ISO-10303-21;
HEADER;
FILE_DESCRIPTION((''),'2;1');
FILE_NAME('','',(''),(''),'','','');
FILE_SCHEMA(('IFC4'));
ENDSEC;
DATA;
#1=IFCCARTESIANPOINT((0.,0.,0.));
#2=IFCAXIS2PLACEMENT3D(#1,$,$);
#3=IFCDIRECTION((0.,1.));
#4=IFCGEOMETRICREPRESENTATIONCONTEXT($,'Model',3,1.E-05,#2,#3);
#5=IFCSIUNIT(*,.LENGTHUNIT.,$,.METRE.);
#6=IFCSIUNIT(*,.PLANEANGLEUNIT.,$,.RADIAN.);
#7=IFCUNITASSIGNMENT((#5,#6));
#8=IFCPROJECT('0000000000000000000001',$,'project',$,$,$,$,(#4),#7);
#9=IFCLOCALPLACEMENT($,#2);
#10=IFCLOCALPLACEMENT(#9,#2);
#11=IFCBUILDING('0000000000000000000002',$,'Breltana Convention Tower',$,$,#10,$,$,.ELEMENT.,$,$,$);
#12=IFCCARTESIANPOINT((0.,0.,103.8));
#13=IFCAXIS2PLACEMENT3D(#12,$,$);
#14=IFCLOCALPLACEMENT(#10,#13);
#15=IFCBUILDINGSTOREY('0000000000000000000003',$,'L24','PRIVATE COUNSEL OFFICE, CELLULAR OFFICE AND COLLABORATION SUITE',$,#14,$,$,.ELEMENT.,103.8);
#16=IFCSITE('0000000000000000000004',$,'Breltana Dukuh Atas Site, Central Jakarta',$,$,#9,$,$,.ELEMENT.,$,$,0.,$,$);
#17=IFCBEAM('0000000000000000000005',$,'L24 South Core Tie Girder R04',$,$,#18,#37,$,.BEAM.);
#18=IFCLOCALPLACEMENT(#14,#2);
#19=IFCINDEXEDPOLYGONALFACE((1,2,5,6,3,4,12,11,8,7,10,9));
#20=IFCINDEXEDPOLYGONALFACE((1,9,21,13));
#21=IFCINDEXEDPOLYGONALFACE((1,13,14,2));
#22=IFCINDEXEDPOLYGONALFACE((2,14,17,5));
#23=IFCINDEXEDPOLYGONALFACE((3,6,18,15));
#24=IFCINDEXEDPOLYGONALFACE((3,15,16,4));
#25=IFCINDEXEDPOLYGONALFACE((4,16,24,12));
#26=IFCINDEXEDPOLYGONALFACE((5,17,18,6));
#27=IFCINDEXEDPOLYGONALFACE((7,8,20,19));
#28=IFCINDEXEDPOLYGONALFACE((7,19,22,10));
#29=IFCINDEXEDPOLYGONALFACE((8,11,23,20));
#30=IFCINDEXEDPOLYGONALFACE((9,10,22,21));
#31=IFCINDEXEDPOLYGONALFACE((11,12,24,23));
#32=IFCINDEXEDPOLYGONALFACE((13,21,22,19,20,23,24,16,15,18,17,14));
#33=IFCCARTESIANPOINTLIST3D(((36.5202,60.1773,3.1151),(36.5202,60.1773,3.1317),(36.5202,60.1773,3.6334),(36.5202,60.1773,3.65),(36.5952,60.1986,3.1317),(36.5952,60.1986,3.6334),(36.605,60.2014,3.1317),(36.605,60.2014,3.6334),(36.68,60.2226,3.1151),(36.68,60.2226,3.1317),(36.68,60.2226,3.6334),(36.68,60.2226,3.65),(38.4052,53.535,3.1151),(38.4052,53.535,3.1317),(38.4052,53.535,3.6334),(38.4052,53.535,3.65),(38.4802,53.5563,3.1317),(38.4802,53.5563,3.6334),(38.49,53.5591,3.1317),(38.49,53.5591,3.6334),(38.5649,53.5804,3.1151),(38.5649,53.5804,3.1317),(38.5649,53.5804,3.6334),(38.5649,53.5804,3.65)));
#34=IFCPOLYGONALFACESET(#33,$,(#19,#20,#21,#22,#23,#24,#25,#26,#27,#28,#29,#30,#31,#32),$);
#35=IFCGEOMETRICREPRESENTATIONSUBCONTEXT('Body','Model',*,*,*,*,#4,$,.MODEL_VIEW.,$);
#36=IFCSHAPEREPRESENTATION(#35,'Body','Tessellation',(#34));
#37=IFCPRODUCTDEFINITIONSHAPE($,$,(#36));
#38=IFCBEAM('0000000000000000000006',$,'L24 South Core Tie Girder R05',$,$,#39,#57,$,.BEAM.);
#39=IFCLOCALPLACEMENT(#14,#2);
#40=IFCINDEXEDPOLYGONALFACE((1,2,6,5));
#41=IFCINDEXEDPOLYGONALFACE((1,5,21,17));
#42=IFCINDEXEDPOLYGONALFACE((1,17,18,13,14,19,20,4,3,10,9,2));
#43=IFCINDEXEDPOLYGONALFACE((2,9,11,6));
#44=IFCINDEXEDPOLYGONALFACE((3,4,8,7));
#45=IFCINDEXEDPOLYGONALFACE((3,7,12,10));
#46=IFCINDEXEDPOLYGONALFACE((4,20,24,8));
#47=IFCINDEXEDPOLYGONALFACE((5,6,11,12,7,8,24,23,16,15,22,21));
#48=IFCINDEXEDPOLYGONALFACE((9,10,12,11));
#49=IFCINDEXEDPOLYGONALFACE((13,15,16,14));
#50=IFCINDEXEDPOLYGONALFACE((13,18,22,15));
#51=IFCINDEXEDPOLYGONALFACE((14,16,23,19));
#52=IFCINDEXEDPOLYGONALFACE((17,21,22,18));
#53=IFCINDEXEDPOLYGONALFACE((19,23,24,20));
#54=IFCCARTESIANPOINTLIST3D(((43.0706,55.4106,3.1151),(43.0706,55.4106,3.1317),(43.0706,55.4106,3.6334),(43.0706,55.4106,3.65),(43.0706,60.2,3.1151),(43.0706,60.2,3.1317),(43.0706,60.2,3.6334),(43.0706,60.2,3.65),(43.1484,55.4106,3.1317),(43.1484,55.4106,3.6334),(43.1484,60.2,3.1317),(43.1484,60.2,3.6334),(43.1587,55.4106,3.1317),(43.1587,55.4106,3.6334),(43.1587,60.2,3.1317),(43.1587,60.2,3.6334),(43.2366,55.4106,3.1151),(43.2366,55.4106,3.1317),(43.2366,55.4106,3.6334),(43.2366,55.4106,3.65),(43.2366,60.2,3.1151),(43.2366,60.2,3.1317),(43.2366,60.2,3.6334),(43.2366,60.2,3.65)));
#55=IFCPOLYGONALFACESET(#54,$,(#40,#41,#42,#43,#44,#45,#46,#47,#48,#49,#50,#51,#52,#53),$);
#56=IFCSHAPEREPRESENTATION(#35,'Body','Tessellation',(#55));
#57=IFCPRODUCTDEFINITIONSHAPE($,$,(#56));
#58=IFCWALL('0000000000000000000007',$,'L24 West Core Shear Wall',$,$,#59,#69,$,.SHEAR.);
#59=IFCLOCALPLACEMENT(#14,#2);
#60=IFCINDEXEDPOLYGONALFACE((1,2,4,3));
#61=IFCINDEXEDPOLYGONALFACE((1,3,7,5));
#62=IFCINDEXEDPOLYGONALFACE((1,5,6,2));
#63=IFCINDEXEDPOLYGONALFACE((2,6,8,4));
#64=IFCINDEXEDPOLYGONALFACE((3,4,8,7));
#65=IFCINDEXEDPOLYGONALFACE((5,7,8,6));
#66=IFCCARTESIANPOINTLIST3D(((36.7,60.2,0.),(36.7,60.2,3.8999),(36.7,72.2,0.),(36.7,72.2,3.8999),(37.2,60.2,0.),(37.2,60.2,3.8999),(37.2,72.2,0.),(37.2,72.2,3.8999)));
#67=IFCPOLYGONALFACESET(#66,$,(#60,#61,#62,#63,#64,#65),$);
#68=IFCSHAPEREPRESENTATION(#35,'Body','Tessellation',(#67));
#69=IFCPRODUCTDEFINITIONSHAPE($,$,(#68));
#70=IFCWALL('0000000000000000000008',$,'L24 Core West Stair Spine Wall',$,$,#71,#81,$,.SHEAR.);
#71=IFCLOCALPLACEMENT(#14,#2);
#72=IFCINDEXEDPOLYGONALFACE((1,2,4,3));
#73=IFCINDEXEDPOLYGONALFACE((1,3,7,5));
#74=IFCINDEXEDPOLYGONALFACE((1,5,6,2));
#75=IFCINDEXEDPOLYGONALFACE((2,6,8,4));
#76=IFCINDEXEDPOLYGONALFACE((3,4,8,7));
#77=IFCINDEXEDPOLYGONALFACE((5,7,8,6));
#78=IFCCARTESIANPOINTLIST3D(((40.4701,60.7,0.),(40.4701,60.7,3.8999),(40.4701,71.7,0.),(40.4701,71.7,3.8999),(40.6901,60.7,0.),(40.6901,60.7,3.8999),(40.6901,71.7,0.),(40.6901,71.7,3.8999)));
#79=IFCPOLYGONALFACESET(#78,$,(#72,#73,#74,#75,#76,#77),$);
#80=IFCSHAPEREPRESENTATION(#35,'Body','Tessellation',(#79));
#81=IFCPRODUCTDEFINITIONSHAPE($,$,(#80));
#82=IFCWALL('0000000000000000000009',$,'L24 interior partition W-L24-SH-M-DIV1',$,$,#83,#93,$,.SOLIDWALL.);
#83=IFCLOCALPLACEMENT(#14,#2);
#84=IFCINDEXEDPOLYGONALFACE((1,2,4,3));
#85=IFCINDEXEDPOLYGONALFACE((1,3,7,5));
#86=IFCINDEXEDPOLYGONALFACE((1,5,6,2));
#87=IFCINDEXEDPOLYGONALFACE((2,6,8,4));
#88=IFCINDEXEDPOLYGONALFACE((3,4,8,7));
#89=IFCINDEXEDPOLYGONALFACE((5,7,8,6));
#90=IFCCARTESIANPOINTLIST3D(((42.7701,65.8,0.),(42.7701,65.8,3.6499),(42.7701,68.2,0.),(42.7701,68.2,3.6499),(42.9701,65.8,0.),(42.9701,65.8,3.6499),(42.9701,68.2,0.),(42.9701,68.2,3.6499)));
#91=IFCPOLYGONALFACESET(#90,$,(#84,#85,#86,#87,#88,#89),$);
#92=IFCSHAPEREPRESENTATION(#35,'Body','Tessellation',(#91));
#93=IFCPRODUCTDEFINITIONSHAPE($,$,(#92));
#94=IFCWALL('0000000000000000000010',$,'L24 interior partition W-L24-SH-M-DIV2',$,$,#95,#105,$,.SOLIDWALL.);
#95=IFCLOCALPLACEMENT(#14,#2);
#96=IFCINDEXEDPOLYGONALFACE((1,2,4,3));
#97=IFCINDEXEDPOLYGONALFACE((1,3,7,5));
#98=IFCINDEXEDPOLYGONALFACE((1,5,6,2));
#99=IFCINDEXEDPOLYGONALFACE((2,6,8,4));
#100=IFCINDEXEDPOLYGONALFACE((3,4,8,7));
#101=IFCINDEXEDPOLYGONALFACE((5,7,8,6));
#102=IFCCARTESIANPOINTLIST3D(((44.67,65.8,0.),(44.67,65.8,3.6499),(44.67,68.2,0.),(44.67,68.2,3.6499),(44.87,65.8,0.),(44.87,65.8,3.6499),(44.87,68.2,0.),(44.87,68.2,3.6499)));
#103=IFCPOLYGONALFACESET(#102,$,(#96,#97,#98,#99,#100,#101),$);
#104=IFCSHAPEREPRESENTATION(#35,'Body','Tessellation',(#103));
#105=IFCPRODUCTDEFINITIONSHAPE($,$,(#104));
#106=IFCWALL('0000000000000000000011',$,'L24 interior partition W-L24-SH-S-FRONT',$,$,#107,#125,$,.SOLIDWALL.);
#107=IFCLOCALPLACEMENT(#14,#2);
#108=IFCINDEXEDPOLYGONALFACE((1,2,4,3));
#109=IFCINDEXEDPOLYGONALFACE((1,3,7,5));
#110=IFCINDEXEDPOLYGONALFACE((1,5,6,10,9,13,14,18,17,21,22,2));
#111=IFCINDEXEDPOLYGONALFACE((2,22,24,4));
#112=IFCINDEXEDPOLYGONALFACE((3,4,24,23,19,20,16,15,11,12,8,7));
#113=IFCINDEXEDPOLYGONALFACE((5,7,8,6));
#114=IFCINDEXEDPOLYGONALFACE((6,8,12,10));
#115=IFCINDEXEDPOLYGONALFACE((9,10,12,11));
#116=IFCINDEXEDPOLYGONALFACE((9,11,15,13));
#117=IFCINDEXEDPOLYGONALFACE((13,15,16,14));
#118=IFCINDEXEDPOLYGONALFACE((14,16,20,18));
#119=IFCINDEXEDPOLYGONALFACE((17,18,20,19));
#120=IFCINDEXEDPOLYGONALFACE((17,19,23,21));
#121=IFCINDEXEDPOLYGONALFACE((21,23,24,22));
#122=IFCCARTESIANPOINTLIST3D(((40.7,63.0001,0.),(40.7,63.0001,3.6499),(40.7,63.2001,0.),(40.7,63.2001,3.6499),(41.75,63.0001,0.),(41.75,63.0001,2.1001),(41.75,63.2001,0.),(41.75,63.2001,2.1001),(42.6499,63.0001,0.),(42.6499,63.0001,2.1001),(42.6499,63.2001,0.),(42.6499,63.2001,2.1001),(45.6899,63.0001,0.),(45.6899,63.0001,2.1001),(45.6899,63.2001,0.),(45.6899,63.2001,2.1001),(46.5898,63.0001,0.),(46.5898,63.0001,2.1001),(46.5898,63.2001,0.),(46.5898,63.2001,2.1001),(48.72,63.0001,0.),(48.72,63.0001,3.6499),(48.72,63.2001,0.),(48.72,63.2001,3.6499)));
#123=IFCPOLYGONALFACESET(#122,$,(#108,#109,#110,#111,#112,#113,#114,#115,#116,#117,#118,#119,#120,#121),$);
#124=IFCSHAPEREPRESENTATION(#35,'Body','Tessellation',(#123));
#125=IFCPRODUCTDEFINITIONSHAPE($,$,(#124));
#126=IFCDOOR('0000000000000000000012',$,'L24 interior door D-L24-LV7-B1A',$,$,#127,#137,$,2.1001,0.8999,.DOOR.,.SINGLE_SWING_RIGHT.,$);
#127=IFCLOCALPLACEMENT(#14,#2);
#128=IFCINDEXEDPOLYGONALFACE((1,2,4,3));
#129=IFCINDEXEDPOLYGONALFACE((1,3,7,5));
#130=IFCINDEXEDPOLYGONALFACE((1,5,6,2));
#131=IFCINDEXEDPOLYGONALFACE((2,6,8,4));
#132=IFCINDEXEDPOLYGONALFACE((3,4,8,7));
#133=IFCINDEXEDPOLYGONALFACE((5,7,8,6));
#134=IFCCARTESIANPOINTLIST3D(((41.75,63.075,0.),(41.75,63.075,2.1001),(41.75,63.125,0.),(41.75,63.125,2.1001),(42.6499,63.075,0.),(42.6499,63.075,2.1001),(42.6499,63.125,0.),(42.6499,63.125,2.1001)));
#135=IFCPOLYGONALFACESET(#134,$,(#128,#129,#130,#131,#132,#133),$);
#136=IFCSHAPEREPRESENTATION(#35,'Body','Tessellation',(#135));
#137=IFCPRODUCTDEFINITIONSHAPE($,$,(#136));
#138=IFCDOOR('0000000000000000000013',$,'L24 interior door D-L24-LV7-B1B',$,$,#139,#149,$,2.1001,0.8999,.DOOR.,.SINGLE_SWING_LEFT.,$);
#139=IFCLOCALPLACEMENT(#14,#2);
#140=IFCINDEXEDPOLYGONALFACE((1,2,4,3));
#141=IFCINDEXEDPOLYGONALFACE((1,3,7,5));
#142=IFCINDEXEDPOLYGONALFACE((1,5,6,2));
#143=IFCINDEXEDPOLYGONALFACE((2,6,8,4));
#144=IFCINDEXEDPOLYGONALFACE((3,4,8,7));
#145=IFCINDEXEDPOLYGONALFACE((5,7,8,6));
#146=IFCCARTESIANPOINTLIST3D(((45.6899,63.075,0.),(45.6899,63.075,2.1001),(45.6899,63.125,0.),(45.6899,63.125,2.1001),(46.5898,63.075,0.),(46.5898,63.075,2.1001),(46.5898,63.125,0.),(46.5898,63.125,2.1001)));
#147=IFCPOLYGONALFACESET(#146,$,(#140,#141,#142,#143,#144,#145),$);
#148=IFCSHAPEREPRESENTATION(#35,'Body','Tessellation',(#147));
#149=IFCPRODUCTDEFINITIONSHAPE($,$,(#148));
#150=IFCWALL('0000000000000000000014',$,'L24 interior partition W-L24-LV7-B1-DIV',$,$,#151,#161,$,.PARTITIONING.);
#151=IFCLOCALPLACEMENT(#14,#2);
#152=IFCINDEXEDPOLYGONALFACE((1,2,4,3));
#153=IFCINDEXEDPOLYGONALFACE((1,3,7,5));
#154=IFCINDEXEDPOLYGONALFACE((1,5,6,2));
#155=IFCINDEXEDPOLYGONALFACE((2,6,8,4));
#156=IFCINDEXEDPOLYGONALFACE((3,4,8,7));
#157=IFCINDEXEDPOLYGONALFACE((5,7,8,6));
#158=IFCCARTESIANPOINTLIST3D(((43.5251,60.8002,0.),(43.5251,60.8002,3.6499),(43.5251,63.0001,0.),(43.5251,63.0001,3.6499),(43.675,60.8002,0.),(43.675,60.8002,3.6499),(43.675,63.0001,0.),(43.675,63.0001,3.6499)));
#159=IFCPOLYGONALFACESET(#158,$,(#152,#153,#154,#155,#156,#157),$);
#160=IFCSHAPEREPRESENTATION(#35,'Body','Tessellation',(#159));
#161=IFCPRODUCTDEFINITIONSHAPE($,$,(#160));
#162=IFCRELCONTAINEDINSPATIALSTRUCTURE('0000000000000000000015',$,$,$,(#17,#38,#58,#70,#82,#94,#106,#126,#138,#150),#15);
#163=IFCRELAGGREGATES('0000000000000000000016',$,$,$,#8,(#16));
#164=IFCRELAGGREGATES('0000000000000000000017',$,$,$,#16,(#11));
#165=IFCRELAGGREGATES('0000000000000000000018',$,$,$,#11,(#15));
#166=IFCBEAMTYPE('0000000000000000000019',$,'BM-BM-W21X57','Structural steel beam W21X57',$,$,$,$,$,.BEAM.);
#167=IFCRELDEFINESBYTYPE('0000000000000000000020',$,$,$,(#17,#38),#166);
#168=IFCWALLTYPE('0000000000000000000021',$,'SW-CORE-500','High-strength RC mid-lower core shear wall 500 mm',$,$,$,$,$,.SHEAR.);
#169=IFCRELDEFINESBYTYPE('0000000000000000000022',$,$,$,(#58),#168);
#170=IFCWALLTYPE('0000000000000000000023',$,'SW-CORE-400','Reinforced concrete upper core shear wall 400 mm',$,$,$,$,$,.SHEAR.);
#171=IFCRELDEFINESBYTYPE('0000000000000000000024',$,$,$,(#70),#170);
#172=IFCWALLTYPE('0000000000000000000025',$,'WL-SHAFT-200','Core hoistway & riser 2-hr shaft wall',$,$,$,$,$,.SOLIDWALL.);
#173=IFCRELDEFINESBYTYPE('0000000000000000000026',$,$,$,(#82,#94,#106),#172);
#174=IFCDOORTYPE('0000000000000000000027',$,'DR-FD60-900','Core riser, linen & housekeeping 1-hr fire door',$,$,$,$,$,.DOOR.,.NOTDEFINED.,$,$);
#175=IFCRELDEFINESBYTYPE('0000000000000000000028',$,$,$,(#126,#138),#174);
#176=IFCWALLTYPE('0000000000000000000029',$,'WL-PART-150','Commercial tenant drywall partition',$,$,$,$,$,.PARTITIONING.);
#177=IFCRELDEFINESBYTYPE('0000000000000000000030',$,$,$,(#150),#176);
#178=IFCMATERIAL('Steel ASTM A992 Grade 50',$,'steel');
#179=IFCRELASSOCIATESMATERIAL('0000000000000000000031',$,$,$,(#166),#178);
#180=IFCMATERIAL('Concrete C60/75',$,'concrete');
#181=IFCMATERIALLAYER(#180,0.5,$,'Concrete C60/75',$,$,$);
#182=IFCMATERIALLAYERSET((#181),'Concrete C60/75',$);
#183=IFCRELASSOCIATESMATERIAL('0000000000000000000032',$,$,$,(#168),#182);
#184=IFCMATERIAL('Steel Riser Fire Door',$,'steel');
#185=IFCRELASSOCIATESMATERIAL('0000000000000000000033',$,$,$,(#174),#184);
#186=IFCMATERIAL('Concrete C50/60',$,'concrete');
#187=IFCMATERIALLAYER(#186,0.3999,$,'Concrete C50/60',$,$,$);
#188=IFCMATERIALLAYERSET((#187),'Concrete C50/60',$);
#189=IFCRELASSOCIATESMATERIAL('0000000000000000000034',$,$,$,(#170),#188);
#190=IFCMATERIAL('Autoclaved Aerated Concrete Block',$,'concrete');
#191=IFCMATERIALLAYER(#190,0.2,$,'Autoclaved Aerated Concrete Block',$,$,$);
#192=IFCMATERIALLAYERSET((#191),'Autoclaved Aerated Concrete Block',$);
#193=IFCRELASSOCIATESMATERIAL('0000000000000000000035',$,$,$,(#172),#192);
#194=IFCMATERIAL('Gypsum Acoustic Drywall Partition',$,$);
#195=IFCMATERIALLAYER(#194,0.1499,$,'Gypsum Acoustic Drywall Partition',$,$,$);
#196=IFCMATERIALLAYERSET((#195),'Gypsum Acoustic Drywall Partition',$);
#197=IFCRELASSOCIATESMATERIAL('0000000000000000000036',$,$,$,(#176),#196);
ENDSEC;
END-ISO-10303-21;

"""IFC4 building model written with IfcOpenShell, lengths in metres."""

from ifc_helpers import new_model, si_unit, direction, frame, frame_2d, origin, origin_2d, place, context, subcontext, project, spatial, rectangle, i_section, extrude, source, transform, mapped, material, layer, layer_set, material_profile, profile_set, type_object, type_shapes, element, fill, save


model = new_model("IFC4")

# Units and contexts
model_context = context("Model", 3, precision=1e-05, world=origin(), true_north=direction((0.0, 1.0)))
body_context = subcontext(model_context, "Body", "Model", "MODEL_VIEW")
ifc_project = project(units=[si_unit("LENGTHUNIT", "METRE"), si_unit("PLANEANGLEUNIT", "RADIAN")], contexts=[model_context])

# Site, building, storey
site_placement = place(None, origin())
site = spatial("IfcSite", under=ifc_project, at=site_placement, Name="Breltana Dukuh Atas Site, Central Jakarta", CompositionType="ELEMENT", RefElevation=0.0)
building_placement = place(site_placement, origin())
building = spatial("IfcBuilding", under=site, at=building_placement, Name="Breltana Convention Tower", CompositionType="ELEMENT")
storey_placement = place(building_placement, frame((0.0, 0.0, 103.8)))
storey = spatial("IfcBuildingStorey", under=building, at=storey_placement, Name="L24", Description="PRIVATE COUNSEL OFFICE, CELLULAR OFFICE AND COLLABORATION SUITE", CompositionType="ELEMENT", Elevation=103.8)

# Beams
ifc_material_1 = material(Name="Steel ASTM A992 Grade 50", Category="steel")
ifc_material_profile = material_profile(ifc_material_1, i_section(OverallWidth=0.166, OverallDepth=0.5349, WebThickness=0.0103, FlangeThickness=0.0166, at=origin_2d()), Name="W21X57")
ifc_profile_set = profile_set([ifc_material_profile], Name="Steel ASTM A992 Grade 50")
beam_type = type_object("IfcBeamType", Name="BM-BM-W21X57", Description="Structural steel beam W21X57", PredefinedType="BEAM", material=ifc_profile_set)
shared_shape_1 = source(origin(), body_context, "Body", "SweptSolid", [
    extrude(i_section(OverallWidth=0.166, OverallDepth=0.5349, WebThickness=0.0103, FlangeThickness=0.0166, at=origin_2d()), origin(), (0.0, 0.0, 1.0), 6.9045),
])
type_shapes(beam_type, [shared_shape_1])
beam_1_placement = place(storey_placement, frame((36.6001, 60.2, 3.3826), z_axis=(0.273007, -0.962012, 0.0), x_axis=(0.962012, 0.273007, 0.0)))
element("IfcBeam", 1, at=beam_1_placement, inside=storey, type_object=beam_type, Name="L24 South Core Tie Girder R04", PredefinedType="BEAM", context=body_context, shape_type="MappedRepresentation", body=[
    mapped(shared_shape_1, transform((0.0, 0.0, 0.0), scale=1.0)),
])
shared_shape_2 = source(origin(), body_context, "Body", "SweptSolid", [
    extrude(i_section(OverallWidth=0.166, OverallDepth=0.5349, WebThickness=0.0103, FlangeThickness=0.0166, at=origin_2d()), origin(), (0.0, 0.0, 1.0), 4.7893),
])
beam_2_placement = place(storey_placement, frame((43.1536, 60.2, 3.3826), z_axis=(0.0, -1.0, 0.0), x_axis=(1.0, 0.0, 0.0)))
element("IfcBeam", 2, at=beam_2_placement, inside=storey, type_object=beam_type, Name="L24 South Core Tie Girder R05", PredefinedType="BEAM", context=body_context, shape_type="MappedRepresentation", body=[
    mapped(shared_shape_2, transform((0.0, 0.0, 0.0), scale=1.0)),
])

# Wall
ifc_material_2 = material(Name="Concrete C60/75", Category="concrete")
ifc_layer_1 = layer(ifc_material_2, 0.5, Name="Concrete C60/75")
ifc_layer_set_1 = layer_set([ifc_layer_1], Name="Concrete C60/75")
wall_type_1 = type_object("IfcWallType", Name="SW-CORE-500", Description="High-strength RC mid-lower core shear wall 500 mm", PredefinedType="SHEAR", material=ifc_layer_set_1)
shared_shape_3 = source(origin(), body_context, "Body", "SweptSolid", [
    extrude(rectangle(XDim=12.0, YDim=0.5, at=frame_2d((6.0, 0.0))), origin(), (0.0, 0.0, 1.0), 3.8999),
])
wall_1_placement = place(storey_placement, frame((36.95, 60.2, 0.0), z_axis=(0.0, 0.0, 1.0), x_axis=(0.0, 1.0, 0.0)))
element("IfcWall", 3, at=wall_1_placement, inside=storey, type_object=wall_type_1, Name="L24 West Core Shear Wall", PredefinedType="SHEAR", context=body_context, shape_type="MappedRepresentation", body=[
    mapped(shared_shape_3, transform((0.0, 0.0, 0.0), scale=1.0)),
])

# Shared definitions
ifc_material_3 = material(Name="Steel Riser Fire Door", Category="steel")
door_type_1 = type_object("IfcDoorType", Name="DR-FD60-900", Description="Core riser, linen & housekeeping 1-hr fire door", OperationType="NOTDEFINED", PredefinedType="DOOR", material=ifc_material_3)
shared_shape_4 = source(origin(), body_context, "Body", "SweptSolid", [
    extrude(rectangle(XDim=0.8999, YDim=2.1001, at=frame_2d((0.45, 1.05))), frame((0.0, 0.0249, 0.0), z_axis=(0.0, -1.0, 0.0), x_axis=(1.0, 0.0, 0.0)), (0.0, 0.0, 1.0), 0.05),
])
type_shapes(door_type_1, [shared_shape_4])

# Walls
ifc_material_4 = material(Name="Concrete C50/60", Category="concrete")
ifc_layer_2 = layer(ifc_material_4, 0.3999, Name="Concrete C50/60")
ifc_layer_set_2 = layer_set([ifc_layer_2], Name="Concrete C50/60")
wall_type_2 = type_object("IfcWallType", Name="SW-CORE-400", Description="Reinforced concrete upper core shear wall 400 mm", PredefinedType="SHEAR", material=ifc_layer_set_2)
shared_shape_5 = source(origin(), body_context, "Body", "SweptSolid", [
    extrude(rectangle(XDim=11.0, YDim=0.22, at=frame_2d((5.5, 0.0))), origin(), (0.0, 0.0, 1.0), 3.8999),
])
wall_2_placement = place(storey_placement, frame((40.5801, 60.7, 0.0), z_axis=(0.0, 0.0, 1.0), x_axis=(0.0, 1.0, 0.0)))
element("IfcWall", 4, at=wall_2_placement, inside=storey, type_object=wall_type_2, Name="L24 Core West Stair Spine Wall", PredefinedType="SHEAR", context=body_context, shape_type="MappedRepresentation", body=[
    mapped(shared_shape_5, transform((0.0, 0.0, 0.0), scale=1.0)),
])
ifc_material_5 = material(Name="Autoclaved Aerated Concrete Block", Category="concrete")
ifc_layer_3 = layer(ifc_material_5, 0.2, Name="Autoclaved Aerated Concrete Block")
ifc_layer_set_3 = layer_set([ifc_layer_3], Name="Autoclaved Aerated Concrete Block")
wall_type_3 = type_object("IfcWallType", Name="WL-SHAFT-200", Description="Core hoistway & riser 2-hr shaft wall", PredefinedType="SOLIDWALL", material=ifc_layer_set_3)
shared_shape_6 = source(origin(), body_context, "Body", "SweptSolid", [
    extrude(rectangle(XDim=2.3999, YDim=0.2, at=frame_2d((1.2, 0.0))), origin(), (0.0, 0.0, 1.0), 3.6499),
])
for number, where, z_axis, x_axis, name in (
    (5, (42.8701, 65.8, 0.0), (0.0, 0.0, 1.0), (0.0, 1.0, 0.0), "L24 interior partition W-L24-SH-M-DIV1"),
    (6, (44.77, 65.8, 0.0), (0.0, 0.0, 1.0), (0.0, 1.0, 0.0), "L24 interior partition W-L24-SH-M-DIV2"),
):
    element("IfcWall", number, at=place(storey_placement, frame(where, z_axis=z_axis, x_axis=x_axis)), inside=storey, type_object=wall_type_3, Name=name, PredefinedType="SOLIDWALL", context=body_context, shape_type="MappedRepresentation", body=[
        mapped(shared_shape_6, transform((0.0, 0.0, 0.0), scale=1.0)),
    ])

# Wall, openings, doors
shared_shape_7 = source(origin(), body_context, "Body", "SweptSolid", [
    extrude(rectangle(XDim=8.02, YDim=0.2, at=frame_2d((4.01, 0.0))), origin(), (0.0, 0.0, 1.0), 3.6499),
])
wall_3_placement = place(storey_placement, frame((40.7, 63.1001, 0.0), z_axis=(0.0, 0.0, 1.0), x_axis=(1.0, 0.0, 0.0)))
wall_3 = element("IfcWall", 7, at=wall_3_placement, inside=storey, type_object=wall_type_3, Name="L24 interior partition W-L24-SH-S-FRONT", PredefinedType="SOLIDWALL", context=body_context, shape_type="MappedRepresentation", body=[
    mapped(shared_shape_7, transform((0.0, 0.0, 0.0), scale=1.0)),
])
opening_1_placement = place(wall_3_placement, frame((1.05, 0.0, 0.0)))
opening_1 = element("IfcOpeningElement", 8, at=opening_1_placement, cuts=wall_3, PredefinedType="OPENING", context=body_context, shape_type="SweptSolid", body=[
    extrude(rectangle(XDim=0.8999, YDim=2.1001, at=frame_2d((0.45, 1.05))), frame((0.0, 0.1099, 0.0), z_axis=(0.0, -1.0, 0.0), x_axis=(1.0, 0.0, 0.0)), (0.0, 0.0, 1.0), 0.22),
])
opening_2_placement = place(wall_3_placement, frame((4.99, 0.0, 0.0)))
opening_2 = element("IfcOpeningElement", 9, at=opening_2_placement, cuts=wall_3, PredefinedType="OPENING", context=body_context, shape_type="SweptSolid", body=[
    extrude(rectangle(XDim=0.8999, YDim=2.1001, at=frame_2d((0.45, 1.05))), frame((0.0, 0.1099, 0.0), z_axis=(0.0, -1.0, 0.0), x_axis=(1.0, 0.0, 0.0)), (0.0, 0.0, 1.0), 0.22),
])
door_1_placement = place(opening_1_placement, origin())
door_1 = element("IfcDoor", 10, at=door_1_placement, inside=storey, type_object=door_type_1, Name="L24 interior door D-L24-LV7-B1A", OperationType="SINGLE_SWING_RIGHT", OverallHeight=2.1001, OverallWidth=0.8999, PredefinedType="DOOR", context=body_context, shape_type="MappedRepresentation", body=[
    mapped(shared_shape_4, transform((0.0, 0.0, 0.0), scale=1.0)),
])
fill(opening_1, door_1)
door_2_placement = place(opening_2_placement, origin())
door_2 = element("IfcDoor", 11, at=door_2_placement, inside=storey, type_object=door_type_1, Name="L24 interior door D-L24-LV7-B1B", OperationType="SINGLE_SWING_LEFT", OverallHeight=2.1001, OverallWidth=0.8999, PredefinedType="DOOR", context=body_context, shape_type="MappedRepresentation", body=[
    mapped(shared_shape_4, transform((0.0, 0.0, 0.0), scale=1.0)),
])
fill(opening_2, door_2)

# Wall
ifc_material_6 = material(Name="Gypsum Acoustic Drywall Partition")
ifc_layer_4 = layer(ifc_material_6, 0.1499, Name="Gypsum Acoustic Drywall Partition")
ifc_layer_set_4 = layer_set([ifc_layer_4], Name="Gypsum Acoustic Drywall Partition")
wall_type_4 = type_object("IfcWallType", Name="WL-PART-150", Description="Commercial tenant drywall partition", PredefinedType="PARTITIONING", material=ifc_layer_set_4)
shared_shape_8 = source(origin(), body_context, "Body", "SweptSolid", [
    extrude(rectangle(XDim=2.2, YDim=0.1499, at=frame_2d((1.1001, 0.0))), origin(), (0.0, 0.0, 1.0), 3.6499),
])
wall_4_placement = place(storey_placement, frame((43.6001, 60.8, 0.0), z_axis=(0.0, 0.0, 1.0), x_axis=(0.0, 1.0, 0.0)))
element("IfcWall", 12, at=wall_4_placement, inside=storey, type_object=wall_type_4, Name="L24 interior partition W-L24-LV7-B1-DIV", PredefinedType="PARTITIONING", context=body_context, shape_type="MappedRepresentation", body=[
    mapped(shared_shape_8, transform((0.0, 0.0, 0.0), scale=1.0)),
])

save(model, "model.ifc")
